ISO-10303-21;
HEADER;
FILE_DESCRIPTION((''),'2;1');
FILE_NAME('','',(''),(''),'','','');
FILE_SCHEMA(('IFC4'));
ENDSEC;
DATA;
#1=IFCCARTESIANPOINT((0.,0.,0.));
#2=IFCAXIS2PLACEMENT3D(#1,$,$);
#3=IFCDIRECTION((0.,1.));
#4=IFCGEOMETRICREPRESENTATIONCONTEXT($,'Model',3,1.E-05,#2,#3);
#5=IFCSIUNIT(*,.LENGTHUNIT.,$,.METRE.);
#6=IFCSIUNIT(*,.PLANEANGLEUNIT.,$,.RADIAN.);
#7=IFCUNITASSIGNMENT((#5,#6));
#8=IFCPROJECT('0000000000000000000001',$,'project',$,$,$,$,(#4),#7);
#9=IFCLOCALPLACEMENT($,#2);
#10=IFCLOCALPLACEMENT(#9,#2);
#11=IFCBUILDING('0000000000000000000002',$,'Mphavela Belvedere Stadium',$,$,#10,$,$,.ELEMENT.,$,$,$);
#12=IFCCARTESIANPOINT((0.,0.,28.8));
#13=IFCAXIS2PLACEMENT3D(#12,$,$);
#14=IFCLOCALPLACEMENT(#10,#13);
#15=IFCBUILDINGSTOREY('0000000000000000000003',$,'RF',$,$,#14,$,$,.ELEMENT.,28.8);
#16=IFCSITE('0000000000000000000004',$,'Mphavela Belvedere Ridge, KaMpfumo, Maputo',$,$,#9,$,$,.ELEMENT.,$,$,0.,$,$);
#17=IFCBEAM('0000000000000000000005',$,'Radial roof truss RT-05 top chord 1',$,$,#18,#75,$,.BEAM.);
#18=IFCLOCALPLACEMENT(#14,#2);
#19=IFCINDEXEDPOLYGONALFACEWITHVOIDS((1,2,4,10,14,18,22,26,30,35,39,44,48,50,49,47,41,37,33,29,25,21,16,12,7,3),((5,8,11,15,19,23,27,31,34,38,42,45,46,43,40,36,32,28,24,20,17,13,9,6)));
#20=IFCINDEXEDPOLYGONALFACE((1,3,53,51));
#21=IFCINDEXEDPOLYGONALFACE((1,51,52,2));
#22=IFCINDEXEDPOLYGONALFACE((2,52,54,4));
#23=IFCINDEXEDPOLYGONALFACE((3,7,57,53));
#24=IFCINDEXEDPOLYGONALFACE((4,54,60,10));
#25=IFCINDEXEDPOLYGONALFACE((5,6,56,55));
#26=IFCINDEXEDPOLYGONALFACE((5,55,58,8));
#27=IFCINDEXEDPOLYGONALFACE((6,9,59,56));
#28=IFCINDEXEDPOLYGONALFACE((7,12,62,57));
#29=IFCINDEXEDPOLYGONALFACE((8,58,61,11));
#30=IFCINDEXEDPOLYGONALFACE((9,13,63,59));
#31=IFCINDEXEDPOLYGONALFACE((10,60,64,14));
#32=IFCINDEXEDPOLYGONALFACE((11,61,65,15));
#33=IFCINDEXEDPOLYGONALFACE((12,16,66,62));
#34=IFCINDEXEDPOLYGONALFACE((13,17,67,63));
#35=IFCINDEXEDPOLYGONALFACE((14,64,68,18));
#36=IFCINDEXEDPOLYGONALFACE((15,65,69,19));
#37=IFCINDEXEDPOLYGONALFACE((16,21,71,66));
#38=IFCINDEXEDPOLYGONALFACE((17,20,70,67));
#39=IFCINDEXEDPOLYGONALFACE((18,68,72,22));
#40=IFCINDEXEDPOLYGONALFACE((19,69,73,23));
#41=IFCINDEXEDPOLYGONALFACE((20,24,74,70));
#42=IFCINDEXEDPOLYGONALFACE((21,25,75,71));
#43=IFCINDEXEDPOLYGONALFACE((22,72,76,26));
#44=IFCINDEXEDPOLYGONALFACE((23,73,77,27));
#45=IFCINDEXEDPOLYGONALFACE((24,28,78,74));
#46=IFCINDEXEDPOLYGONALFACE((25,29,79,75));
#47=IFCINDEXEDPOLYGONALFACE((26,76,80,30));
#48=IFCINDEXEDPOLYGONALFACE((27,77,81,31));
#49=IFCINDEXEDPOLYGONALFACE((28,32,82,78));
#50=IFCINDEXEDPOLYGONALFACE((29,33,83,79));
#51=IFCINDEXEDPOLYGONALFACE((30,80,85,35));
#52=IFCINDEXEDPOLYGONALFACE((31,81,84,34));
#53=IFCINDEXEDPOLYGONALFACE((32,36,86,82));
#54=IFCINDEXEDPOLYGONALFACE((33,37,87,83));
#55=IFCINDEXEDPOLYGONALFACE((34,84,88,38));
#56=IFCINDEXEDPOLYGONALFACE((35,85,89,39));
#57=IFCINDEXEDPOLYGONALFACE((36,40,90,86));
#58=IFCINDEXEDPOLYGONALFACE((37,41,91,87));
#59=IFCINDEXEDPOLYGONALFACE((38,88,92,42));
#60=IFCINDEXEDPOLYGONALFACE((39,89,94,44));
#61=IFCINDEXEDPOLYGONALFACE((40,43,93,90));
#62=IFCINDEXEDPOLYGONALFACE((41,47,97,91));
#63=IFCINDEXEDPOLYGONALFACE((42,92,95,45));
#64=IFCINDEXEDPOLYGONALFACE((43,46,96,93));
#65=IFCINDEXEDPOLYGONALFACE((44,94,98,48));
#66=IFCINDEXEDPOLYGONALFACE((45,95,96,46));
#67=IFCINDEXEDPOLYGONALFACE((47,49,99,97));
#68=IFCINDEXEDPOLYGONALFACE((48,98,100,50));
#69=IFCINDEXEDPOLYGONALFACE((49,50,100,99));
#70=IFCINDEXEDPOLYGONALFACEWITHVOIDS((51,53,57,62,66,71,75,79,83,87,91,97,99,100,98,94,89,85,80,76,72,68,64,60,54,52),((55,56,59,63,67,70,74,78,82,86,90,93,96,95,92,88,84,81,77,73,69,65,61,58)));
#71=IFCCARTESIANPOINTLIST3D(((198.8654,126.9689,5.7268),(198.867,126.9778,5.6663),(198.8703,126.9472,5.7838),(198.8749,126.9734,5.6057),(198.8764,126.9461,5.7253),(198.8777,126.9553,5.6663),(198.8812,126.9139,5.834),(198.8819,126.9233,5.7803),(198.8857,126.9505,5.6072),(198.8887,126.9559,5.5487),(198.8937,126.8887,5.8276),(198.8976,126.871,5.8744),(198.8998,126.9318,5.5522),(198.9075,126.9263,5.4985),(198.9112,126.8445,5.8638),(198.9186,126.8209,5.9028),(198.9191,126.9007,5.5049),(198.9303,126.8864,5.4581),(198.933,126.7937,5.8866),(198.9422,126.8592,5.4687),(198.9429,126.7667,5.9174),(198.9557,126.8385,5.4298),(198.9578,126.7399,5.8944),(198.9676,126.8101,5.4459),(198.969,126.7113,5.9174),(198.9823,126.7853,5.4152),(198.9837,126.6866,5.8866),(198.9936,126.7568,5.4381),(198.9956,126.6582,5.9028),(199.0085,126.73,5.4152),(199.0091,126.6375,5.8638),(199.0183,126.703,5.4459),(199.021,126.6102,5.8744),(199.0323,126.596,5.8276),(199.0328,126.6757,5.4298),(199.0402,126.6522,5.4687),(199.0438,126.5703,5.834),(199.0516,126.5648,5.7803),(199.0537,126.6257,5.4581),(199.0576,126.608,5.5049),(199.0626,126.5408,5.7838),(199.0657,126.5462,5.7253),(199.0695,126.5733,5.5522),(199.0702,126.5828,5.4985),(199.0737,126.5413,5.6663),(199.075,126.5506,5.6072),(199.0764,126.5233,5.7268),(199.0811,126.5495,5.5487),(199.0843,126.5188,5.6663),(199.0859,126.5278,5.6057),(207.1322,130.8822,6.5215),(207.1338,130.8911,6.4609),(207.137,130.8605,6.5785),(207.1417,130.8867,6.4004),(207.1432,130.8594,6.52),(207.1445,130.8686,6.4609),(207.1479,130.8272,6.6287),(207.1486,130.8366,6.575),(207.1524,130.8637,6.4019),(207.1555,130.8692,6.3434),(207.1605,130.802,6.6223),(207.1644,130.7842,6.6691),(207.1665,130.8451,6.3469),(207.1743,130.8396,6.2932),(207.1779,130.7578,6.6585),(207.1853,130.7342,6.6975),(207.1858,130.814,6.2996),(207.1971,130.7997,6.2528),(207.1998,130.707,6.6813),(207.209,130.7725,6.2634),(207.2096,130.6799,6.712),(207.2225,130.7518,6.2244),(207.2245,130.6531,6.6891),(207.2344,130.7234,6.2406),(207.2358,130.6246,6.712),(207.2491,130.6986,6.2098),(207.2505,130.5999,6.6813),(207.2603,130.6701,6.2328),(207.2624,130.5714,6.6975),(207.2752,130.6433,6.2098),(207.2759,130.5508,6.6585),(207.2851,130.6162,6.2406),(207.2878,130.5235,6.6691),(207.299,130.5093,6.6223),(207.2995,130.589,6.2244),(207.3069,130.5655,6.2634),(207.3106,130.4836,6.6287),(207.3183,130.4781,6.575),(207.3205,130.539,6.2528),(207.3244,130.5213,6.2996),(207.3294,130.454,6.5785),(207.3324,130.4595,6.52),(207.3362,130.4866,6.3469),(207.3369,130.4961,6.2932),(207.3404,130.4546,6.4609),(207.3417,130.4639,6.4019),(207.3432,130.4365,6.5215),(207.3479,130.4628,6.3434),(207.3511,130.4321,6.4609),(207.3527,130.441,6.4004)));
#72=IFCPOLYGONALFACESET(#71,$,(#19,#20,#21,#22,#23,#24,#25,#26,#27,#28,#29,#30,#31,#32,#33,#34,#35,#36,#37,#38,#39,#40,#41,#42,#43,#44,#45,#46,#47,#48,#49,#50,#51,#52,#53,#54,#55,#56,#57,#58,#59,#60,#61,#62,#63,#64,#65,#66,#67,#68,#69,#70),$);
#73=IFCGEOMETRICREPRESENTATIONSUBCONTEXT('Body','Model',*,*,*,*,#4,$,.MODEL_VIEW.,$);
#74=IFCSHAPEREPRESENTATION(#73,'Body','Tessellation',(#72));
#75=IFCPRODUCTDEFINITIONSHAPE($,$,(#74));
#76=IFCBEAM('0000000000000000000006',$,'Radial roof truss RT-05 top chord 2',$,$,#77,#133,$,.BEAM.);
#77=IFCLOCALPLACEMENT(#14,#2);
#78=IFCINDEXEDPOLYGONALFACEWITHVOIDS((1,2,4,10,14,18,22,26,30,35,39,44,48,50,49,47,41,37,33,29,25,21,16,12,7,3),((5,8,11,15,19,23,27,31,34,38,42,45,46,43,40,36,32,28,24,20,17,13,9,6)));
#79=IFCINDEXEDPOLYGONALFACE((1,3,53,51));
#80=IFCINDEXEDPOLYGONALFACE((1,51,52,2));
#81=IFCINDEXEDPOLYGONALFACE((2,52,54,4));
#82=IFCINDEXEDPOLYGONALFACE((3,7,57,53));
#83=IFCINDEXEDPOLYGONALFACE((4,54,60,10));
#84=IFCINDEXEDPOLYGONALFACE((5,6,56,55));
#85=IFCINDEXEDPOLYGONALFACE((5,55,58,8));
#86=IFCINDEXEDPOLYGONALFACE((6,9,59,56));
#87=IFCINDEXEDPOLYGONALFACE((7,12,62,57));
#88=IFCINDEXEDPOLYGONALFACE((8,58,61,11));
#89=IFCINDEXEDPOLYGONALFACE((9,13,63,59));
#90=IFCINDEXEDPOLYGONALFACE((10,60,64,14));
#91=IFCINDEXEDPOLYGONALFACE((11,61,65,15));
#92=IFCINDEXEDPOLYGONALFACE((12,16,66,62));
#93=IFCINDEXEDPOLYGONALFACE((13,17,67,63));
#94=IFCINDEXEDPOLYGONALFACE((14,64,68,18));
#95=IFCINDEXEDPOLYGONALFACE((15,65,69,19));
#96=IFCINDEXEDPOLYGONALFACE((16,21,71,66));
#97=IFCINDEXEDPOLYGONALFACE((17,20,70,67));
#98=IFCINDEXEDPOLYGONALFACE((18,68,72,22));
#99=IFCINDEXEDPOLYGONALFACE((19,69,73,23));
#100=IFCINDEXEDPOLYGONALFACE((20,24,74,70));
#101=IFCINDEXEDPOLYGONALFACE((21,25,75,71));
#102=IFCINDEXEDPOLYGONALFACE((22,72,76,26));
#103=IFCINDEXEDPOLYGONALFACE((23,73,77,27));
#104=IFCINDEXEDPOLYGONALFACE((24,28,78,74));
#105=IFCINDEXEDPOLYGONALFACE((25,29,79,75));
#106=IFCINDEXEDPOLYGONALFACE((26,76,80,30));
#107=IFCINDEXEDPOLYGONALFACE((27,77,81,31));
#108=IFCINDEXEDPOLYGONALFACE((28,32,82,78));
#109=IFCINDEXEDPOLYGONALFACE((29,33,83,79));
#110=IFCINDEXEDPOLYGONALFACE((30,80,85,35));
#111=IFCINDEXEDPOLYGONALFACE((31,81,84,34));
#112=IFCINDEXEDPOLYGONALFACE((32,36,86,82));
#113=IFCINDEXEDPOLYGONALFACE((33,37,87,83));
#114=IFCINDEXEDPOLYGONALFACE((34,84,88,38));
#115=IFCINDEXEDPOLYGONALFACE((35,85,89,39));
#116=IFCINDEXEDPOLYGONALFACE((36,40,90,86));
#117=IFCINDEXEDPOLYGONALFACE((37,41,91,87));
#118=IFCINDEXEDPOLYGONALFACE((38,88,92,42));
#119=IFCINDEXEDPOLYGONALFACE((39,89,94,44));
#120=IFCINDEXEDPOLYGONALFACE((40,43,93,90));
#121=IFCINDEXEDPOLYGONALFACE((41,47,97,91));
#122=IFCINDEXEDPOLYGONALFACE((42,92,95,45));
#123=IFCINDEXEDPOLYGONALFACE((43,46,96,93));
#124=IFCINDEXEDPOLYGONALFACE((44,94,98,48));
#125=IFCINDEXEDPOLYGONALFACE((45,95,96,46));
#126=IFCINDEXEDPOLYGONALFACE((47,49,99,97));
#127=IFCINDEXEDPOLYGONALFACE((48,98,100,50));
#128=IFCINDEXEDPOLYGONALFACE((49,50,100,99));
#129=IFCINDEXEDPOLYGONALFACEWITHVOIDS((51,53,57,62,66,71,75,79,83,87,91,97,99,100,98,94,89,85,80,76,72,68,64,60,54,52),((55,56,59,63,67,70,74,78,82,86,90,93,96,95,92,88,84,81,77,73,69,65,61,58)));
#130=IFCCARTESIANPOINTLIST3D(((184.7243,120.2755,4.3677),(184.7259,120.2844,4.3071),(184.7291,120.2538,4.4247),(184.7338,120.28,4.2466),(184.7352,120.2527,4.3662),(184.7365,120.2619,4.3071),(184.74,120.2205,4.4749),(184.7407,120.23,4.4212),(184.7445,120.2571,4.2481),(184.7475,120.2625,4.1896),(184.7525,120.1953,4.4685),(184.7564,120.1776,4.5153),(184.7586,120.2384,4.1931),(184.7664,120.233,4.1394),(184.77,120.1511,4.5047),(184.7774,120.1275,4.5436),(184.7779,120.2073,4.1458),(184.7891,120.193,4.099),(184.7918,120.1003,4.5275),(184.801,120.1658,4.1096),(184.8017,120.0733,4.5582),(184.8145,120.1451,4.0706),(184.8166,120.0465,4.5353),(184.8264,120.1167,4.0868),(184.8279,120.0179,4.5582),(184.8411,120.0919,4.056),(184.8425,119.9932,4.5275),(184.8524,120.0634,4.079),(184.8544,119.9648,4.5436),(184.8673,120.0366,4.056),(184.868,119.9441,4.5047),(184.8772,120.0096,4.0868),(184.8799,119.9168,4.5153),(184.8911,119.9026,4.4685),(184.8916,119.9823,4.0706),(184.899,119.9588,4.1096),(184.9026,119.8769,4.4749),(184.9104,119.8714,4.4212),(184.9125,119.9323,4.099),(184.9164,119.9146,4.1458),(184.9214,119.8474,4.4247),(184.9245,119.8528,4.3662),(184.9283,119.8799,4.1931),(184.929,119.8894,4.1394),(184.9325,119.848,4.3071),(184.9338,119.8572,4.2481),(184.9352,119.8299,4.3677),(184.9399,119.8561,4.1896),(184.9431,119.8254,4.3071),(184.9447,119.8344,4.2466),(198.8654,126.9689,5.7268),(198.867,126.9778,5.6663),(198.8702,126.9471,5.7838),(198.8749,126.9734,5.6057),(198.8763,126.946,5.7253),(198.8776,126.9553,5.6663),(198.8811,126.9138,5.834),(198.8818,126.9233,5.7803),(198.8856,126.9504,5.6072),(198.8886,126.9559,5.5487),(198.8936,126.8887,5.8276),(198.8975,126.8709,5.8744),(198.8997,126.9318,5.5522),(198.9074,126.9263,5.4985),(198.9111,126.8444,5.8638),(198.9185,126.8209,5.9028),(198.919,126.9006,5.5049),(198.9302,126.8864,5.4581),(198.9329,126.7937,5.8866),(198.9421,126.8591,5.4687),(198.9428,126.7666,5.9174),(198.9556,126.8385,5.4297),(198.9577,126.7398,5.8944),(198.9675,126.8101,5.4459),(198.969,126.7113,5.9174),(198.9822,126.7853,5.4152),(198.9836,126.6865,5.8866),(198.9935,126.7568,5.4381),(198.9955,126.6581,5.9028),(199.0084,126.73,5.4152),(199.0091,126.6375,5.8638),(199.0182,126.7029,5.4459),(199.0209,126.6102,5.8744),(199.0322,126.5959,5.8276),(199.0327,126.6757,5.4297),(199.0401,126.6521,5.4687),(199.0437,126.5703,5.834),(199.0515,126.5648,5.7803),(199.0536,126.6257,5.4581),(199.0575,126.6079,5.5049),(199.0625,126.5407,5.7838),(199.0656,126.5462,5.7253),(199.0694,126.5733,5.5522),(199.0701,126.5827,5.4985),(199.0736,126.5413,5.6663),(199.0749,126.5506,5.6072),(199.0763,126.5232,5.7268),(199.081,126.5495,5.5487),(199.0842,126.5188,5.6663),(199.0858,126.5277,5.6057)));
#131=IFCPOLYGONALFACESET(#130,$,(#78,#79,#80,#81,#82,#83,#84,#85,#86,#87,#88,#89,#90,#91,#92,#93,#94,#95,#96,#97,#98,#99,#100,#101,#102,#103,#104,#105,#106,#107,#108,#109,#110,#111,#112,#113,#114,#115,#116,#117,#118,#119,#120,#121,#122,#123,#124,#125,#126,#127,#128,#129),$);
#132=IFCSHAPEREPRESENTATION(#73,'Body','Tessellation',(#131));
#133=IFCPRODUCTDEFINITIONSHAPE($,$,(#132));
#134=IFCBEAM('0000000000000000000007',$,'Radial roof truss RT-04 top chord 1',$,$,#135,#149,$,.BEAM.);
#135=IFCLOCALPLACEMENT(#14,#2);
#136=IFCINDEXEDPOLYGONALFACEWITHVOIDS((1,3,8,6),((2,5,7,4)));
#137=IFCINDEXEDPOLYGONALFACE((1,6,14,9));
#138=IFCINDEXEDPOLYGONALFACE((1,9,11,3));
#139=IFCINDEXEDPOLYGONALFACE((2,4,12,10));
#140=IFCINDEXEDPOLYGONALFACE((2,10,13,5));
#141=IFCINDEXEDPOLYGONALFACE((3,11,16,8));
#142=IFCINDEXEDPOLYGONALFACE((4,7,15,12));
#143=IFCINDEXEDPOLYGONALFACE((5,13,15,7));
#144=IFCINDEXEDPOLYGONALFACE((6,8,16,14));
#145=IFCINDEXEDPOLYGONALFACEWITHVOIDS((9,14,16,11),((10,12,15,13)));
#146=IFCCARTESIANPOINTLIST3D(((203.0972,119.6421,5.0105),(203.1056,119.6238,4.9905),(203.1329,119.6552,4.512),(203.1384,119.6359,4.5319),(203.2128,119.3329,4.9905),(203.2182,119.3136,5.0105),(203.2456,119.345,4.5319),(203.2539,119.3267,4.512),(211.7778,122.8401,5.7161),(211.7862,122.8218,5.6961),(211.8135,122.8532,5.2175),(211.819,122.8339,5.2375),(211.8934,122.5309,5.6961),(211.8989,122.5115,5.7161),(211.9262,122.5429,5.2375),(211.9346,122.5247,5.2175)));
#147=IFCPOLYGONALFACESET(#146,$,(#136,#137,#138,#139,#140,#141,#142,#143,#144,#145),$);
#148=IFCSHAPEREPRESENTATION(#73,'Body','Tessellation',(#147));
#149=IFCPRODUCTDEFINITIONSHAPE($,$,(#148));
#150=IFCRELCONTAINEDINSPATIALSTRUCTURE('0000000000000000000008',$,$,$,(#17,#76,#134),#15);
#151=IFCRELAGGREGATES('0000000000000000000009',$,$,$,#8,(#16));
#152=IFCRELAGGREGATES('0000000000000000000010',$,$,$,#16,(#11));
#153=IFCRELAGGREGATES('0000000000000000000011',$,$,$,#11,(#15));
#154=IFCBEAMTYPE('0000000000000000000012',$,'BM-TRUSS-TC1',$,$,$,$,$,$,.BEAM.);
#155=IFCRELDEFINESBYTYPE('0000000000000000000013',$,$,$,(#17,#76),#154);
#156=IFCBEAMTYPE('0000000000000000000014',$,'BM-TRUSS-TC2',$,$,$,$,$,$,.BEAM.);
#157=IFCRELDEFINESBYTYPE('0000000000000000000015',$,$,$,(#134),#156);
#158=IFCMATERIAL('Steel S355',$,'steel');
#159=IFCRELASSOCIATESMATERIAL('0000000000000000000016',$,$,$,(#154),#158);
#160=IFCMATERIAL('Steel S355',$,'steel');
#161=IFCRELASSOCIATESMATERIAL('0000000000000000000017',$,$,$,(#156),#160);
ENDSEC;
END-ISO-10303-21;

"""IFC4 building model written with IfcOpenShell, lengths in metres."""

from ifc_helpers import new_model, si_unit, direction, frame, origin, origin_2d, place, context, subcontext, project, spatial, hollow_rectangle, hollow_circle, extrude, material, material_profile, profile_set, type_object, element, save


model = new_model("IFC4")

# Units and contexts
model_context = context("Model", 3, precision=1e-05, world=origin(), true_north=direction((0.0, 1.0)))
body_context = subcontext(model_context, "Body", "Model", "MODEL_VIEW")
ifc_project = project(units=[si_unit("LENGTHUNIT", "METRE"), si_unit("PLANEANGLEUNIT", "RADIAN")], contexts=[model_context])

# Site, building, storey
site_placement = place(None, origin())
site = spatial("IfcSite", under=ifc_project, at=site_placement, Name="Mphavela Belvedere Ridge, KaMpfumo, Maputo", CompositionType="ELEMENT", RefElevation=0.0)
building_placement = place(site_placement, origin())
building = spatial("IfcBuilding", under=site, at=building_placement, Name="Mphavela Belvedere Stadium", CompositionType="ELEMENT")
storey_placement = place(building_placement, frame((0.0, 0.0, 28.8)))
storey = spatial("IfcBuildingStorey", under=building, at=storey_placement, Name="RF", CompositionType="ELEMENT", Elevation=28.8)

# Beams
ifc_material_1 = material(Name="Steel S355", Category="steel")
ifc_material_profile_1 = material_profile(ifc_material_1, hollow_circle(Radius=0.2539, WallThickness=0.0249, at=origin_2d()), Name="CHS 508x25")
ifc_profile_set_1 = profile_set([ifc_material_profile_1], Name="Steel S355")
beam_type_1 = type_object("IfcBeamType", Name="BM-TRUSS-TC1", PredefinedType="BEAM", material=ifc_profile_set_1)
beam_1_placement = place(storey_placement, frame((207.2424, 130.6616, 6.4609), z_axis=(-0.900453, -0.426253, -0.086559), x_axis=(0.427859, -0.903845, 0.0)))
element("IfcBeam", 1, at=beam_1_placement, inside=storey, type_object=beam_type_1, Name="Radial roof truss RT-05 top chord 1", PredefinedType="BEAM", context=body_context, shape_type="SweptSolid", body=[
    extrude(hollow_circle(Radius=0.2539, WallThickness=0.0249, at=origin_2d()), origin(), (0.0, 0.0, 1.0), 9.1807),
])
beam_2_placement = place(storey_placement, frame((198.9756, 126.7483, 5.6663), z_axis=(-0.900472, -0.426217, -0.086546), x_axis=(0.427822, -0.903863, 0.0)))
element("IfcBeam", 2, at=beam_2_placement, inside=storey, type_object=beam_type_1, Name="Radial roof truss RT-05 top chord 2", PredefinedType="BEAM", context=body_context, shape_type="SweptSolid", body=[
    extrude(hollow_circle(Radius=0.2539, WallThickness=0.0249, at=origin_2d()), origin(), (0.0, 0.0, 1.0), 15.7041),
])
ifc_material_2 = material(Name="Steel S355", Category="steel")
ifc_material_profile_2 = material_profile(ifc_material_2, hollow_rectangle(XDim=0.3501, YDim=0.5, WallThickness=0.02, at=origin_2d()), Name="RHS 500x350x20")
ifc_profile_set_2 = profile_set([ifc_material_profile_2], Name="Steel S355")
beam_type_2 = type_object("IfcBeamType", Name="BM-TRUSS-TC2", PredefinedType="BEAM", material=ifc_profile_set_2)
beam_3_placement = place(storey_placement, frame((211.8562, 122.6824, 5.4668), z_axis=(-0.935631, -0.344691, -0.076048), x_axis=(0.345692, -0.938348, 0.0)))
element("IfcBeam", 3, at=beam_3_placement, inside=storey, type_object=beam_type_2, Name="Radial roof truss RT-04 top chord 1", PredefinedType="BEAM", context=body_context, shape_type="SweptSolid", body=[
    extrude(hollow_rectangle(XDim=0.3501, YDim=0.5, WallThickness=0.02, at=origin_2d()), origin(), (0.0, 0.0, 1.0), 9.2778),
])

save(model, "model.ifc")
